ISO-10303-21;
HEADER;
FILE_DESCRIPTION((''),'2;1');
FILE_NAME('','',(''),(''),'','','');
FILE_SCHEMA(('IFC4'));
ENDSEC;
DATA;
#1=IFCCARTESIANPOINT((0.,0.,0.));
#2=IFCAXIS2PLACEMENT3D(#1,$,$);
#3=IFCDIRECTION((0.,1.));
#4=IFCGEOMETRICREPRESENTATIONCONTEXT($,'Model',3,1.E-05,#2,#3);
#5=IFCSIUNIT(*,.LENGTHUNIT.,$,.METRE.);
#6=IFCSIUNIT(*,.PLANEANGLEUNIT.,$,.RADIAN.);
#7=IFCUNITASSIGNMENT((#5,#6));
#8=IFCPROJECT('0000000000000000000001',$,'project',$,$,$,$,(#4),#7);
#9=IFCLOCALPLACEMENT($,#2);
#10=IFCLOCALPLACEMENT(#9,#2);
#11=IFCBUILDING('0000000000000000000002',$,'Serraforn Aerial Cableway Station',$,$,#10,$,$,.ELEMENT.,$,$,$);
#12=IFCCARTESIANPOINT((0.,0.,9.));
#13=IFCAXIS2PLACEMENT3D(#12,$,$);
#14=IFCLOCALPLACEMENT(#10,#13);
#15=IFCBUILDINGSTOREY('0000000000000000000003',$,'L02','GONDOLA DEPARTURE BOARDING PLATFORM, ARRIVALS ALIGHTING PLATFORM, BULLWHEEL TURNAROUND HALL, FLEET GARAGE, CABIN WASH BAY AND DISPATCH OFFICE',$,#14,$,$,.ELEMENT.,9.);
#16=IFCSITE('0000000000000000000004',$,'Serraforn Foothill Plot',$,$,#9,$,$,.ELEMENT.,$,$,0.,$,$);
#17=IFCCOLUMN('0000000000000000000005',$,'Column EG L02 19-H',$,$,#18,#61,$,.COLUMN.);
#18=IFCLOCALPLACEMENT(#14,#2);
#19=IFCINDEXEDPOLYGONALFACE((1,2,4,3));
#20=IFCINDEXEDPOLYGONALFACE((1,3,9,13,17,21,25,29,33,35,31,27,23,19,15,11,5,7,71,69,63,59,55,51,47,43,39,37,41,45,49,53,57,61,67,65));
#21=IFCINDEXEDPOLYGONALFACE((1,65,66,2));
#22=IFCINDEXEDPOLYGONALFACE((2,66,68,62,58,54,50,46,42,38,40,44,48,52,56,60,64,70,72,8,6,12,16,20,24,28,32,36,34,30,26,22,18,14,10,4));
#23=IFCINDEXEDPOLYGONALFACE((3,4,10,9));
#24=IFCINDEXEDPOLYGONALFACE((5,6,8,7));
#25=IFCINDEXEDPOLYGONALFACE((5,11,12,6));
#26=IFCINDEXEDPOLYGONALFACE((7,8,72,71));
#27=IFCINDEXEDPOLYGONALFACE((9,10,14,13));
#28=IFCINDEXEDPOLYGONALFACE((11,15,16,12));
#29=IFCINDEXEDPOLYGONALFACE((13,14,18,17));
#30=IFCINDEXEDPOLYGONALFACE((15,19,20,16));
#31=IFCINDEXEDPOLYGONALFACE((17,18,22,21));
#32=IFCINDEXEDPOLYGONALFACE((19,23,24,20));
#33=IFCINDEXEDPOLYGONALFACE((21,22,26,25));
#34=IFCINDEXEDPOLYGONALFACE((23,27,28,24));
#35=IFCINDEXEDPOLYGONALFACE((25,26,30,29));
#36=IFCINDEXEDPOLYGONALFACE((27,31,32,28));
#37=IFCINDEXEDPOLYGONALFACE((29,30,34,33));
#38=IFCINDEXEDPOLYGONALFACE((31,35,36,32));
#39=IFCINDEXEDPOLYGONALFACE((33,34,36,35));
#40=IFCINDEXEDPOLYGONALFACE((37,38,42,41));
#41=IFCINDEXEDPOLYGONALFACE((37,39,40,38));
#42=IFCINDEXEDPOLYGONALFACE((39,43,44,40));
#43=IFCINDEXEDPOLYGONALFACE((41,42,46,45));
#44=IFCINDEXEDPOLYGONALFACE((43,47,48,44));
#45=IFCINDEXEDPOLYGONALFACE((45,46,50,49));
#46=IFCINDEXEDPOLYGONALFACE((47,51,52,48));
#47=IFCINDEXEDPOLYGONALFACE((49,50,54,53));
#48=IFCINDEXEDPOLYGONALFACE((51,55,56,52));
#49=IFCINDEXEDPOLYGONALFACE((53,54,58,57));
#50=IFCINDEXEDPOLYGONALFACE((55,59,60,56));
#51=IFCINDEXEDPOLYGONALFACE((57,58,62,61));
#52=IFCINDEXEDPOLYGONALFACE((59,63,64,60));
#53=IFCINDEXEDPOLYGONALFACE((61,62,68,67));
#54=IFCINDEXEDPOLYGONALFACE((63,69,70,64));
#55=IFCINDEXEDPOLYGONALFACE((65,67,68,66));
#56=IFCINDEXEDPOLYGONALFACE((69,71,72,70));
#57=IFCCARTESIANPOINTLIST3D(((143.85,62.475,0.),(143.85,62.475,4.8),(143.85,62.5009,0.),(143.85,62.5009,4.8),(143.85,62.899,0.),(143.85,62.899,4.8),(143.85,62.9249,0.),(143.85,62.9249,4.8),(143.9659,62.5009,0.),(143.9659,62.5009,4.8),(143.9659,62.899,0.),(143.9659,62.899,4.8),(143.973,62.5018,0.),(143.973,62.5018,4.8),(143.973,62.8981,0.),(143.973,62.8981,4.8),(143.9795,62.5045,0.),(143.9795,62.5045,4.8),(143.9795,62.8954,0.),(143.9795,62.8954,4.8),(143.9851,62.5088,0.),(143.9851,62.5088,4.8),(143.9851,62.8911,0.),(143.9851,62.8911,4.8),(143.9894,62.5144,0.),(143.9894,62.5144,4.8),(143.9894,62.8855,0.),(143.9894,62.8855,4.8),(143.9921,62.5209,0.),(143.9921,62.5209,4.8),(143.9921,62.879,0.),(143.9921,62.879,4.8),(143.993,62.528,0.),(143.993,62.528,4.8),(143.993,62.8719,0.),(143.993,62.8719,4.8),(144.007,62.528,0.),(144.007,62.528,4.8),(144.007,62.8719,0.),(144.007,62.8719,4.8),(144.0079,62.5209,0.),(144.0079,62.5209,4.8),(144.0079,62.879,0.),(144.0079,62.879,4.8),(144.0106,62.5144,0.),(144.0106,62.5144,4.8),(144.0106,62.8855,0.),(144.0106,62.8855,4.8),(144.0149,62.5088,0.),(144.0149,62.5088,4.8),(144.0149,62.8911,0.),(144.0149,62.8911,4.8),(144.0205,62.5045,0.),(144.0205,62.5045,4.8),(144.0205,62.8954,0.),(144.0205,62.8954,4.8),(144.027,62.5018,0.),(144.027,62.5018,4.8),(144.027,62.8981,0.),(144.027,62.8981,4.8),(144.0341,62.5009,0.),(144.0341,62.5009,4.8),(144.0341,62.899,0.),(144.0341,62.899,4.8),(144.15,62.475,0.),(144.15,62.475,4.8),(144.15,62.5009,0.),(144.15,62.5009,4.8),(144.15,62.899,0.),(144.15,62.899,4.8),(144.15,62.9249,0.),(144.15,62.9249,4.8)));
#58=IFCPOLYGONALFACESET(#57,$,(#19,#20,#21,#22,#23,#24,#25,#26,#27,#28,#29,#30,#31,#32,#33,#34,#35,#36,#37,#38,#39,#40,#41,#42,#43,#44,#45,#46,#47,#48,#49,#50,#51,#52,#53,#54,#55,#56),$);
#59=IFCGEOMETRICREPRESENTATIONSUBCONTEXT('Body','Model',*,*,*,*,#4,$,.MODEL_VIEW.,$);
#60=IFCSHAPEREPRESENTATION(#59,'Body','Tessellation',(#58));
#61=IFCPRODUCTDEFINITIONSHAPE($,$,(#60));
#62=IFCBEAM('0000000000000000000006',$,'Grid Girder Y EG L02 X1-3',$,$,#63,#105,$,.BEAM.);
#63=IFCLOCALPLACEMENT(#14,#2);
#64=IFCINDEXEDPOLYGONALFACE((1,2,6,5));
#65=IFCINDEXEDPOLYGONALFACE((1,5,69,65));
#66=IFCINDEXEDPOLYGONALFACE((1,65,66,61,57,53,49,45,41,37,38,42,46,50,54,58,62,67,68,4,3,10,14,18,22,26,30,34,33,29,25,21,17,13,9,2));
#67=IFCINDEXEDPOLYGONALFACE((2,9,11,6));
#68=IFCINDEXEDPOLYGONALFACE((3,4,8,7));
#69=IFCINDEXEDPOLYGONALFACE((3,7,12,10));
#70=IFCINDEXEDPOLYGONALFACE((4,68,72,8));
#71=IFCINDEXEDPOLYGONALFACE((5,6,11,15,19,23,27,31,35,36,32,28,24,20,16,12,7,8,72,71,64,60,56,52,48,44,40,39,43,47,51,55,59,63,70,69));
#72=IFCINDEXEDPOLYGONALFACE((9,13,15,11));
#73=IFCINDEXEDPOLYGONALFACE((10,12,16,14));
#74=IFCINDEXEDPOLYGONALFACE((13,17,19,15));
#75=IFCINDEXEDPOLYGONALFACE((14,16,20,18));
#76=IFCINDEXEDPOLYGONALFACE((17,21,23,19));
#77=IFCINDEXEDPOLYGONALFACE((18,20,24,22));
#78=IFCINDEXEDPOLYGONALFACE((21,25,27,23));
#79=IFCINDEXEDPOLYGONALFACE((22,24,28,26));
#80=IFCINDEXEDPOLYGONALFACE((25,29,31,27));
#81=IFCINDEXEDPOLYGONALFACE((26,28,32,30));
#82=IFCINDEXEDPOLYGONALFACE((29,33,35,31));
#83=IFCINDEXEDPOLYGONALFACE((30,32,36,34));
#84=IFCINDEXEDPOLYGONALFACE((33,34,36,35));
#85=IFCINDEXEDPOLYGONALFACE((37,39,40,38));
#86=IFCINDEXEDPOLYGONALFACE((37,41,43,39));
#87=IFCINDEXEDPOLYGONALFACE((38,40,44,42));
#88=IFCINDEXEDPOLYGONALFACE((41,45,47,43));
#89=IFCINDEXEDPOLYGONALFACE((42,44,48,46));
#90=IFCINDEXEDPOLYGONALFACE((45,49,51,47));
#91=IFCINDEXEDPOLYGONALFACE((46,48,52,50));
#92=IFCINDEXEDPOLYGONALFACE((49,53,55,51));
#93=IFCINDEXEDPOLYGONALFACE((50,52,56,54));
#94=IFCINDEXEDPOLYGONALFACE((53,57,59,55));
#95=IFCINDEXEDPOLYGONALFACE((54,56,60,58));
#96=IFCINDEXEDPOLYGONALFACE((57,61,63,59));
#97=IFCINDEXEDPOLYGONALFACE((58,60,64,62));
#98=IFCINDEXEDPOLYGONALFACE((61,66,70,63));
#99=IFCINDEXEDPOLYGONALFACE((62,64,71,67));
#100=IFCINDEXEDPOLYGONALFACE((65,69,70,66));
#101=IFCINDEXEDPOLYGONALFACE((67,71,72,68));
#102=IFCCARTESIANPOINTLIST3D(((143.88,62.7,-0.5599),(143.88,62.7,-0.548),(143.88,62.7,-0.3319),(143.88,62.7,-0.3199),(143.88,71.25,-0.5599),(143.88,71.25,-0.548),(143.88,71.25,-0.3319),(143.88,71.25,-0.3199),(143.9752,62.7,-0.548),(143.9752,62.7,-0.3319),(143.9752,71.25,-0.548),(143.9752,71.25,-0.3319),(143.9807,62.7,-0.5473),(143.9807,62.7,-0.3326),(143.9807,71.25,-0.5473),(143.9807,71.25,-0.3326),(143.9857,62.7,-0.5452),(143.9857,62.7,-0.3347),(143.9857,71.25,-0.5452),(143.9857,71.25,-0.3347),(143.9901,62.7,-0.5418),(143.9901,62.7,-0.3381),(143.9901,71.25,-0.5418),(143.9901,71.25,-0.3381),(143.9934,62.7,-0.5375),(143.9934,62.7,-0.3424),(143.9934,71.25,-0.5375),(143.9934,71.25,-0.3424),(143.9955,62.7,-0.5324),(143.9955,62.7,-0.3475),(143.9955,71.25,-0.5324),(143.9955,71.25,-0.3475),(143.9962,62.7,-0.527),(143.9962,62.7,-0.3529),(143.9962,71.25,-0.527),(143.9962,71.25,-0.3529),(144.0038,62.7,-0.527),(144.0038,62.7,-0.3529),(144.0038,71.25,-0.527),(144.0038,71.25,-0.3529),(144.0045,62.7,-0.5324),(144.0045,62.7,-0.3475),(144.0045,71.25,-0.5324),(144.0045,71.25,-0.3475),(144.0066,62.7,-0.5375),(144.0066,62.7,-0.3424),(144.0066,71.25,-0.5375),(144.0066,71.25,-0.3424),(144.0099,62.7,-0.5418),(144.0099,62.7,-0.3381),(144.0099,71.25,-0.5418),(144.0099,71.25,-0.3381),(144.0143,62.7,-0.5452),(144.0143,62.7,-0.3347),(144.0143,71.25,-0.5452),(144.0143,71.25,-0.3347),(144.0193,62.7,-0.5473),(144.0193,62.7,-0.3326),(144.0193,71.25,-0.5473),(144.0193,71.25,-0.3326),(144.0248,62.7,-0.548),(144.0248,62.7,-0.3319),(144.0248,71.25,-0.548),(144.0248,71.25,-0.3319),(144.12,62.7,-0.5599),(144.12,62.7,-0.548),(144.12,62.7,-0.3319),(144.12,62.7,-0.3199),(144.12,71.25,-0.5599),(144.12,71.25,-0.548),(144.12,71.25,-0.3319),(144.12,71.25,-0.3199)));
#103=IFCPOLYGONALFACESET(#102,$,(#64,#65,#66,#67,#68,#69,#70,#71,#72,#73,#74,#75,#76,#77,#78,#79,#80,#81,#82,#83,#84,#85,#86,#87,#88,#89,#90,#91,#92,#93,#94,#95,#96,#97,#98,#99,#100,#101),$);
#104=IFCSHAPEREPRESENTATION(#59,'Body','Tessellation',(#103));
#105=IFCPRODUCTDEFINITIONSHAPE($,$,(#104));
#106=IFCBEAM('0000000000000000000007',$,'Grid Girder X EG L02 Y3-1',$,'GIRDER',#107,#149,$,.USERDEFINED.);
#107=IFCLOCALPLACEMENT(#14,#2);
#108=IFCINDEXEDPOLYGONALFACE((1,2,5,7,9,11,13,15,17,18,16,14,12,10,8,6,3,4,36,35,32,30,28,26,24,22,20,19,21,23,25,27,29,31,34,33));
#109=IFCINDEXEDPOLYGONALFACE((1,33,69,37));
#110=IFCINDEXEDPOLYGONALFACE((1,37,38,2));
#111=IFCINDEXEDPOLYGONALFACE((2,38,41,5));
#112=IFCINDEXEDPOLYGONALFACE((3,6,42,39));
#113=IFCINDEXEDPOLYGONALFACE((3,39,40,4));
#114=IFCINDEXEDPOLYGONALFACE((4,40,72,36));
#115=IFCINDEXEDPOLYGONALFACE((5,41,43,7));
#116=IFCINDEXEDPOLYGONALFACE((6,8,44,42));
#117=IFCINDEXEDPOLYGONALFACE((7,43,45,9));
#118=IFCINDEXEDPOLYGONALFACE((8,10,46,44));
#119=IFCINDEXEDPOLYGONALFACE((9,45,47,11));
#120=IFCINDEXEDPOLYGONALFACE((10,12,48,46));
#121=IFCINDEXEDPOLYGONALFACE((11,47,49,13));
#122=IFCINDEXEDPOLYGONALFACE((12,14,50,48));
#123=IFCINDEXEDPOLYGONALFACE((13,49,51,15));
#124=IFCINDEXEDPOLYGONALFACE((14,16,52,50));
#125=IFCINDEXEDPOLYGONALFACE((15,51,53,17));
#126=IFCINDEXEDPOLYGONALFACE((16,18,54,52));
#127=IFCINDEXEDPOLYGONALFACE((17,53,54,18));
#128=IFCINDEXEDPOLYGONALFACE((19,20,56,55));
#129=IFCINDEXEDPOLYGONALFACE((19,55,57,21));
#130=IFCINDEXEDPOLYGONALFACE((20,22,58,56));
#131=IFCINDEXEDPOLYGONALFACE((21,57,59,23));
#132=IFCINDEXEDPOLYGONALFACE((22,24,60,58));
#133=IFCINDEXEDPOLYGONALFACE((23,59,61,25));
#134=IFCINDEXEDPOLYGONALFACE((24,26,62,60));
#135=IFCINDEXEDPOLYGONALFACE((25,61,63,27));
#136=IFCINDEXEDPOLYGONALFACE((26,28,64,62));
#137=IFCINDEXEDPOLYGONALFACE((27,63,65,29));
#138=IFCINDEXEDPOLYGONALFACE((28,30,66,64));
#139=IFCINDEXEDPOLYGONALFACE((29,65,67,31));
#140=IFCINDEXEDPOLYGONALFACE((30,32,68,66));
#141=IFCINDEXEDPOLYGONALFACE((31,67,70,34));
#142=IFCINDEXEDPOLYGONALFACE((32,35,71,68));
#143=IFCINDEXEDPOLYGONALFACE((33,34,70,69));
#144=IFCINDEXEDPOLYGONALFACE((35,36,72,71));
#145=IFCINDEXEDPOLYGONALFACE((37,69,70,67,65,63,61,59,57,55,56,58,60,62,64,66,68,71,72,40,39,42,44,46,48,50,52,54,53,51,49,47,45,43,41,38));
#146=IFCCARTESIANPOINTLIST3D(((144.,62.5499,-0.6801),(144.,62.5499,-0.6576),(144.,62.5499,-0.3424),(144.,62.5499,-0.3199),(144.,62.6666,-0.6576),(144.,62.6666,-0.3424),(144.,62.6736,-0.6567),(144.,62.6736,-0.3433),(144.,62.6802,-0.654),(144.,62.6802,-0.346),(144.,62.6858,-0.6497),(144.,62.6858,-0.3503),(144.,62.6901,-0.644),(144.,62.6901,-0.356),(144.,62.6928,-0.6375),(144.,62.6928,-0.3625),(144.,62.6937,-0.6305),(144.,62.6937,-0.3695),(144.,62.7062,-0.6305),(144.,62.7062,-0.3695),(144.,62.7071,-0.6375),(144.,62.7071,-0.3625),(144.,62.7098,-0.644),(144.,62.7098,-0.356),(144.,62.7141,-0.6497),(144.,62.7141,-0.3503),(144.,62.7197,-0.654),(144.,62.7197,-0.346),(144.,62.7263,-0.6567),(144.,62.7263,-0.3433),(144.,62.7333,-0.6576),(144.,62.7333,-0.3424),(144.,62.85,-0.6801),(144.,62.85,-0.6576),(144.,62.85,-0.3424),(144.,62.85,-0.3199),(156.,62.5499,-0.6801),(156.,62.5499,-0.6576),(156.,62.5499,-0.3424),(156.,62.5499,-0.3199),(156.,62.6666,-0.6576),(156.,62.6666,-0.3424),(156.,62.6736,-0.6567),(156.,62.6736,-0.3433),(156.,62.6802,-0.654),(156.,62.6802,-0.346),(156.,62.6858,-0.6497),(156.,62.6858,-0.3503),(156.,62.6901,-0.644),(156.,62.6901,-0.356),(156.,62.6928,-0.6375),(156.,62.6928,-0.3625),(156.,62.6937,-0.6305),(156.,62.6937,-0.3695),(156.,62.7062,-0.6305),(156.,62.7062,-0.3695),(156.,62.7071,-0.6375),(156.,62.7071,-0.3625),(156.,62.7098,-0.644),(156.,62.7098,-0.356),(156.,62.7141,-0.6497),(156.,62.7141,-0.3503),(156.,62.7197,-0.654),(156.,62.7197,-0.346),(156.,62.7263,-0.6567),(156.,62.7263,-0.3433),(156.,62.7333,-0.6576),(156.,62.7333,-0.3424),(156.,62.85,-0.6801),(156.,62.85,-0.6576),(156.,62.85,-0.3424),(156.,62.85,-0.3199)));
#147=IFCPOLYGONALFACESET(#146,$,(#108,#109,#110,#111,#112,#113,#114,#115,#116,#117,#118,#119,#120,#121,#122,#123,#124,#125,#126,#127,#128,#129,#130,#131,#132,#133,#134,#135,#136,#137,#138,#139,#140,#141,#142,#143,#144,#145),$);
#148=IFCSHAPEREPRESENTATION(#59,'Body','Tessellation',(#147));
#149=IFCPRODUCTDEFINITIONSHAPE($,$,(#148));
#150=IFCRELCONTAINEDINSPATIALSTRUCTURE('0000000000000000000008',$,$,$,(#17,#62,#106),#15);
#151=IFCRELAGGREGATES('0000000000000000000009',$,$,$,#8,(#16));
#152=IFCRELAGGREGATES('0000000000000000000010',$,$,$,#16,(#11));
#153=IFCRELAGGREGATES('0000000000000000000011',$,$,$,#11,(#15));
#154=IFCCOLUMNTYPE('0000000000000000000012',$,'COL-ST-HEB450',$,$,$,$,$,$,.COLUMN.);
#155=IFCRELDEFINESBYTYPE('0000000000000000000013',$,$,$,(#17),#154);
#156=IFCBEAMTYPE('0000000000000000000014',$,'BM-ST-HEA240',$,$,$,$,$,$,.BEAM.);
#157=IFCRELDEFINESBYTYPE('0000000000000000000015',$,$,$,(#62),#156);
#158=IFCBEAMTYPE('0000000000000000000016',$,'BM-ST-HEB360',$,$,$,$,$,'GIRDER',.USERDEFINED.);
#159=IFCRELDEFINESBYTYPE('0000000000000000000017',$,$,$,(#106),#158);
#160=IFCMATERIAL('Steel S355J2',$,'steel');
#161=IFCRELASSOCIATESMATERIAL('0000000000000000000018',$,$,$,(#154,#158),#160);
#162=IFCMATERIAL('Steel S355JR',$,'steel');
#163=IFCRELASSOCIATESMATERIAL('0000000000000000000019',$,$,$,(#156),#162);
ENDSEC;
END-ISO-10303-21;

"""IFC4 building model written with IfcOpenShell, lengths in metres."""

from ifc_helpers import new_model, si_unit, direction, frame, origin, origin_2d, place, context, subcontext, project, spatial, i_section, extrude, material, material_profile, profile_set, type_object, element, save


model = new_model("IFC4")

# Units and contexts
model_context = context("Model", 3, precision=1e-05, world=origin(), true_north=direction((0.0, 1.0)))
body_context = subcontext(model_context, "Body", "Model", "MODEL_VIEW")
ifc_project = project(units=[si_unit("LENGTHUNIT", "METRE"), si_unit("PLANEANGLEUNIT", "RADIAN")], contexts=[model_context])

# Site, building, storey
site_placement = place(None, origin())
site = spatial("IfcSite", under=ifc_project, at=site_placement, Name="Serraforn Foothill Plot", CompositionType="ELEMENT", RefElevation=0.0)
building_placement = place(site_placement, origin())
building = spatial("IfcBuilding", under=site, at=building_placement, Name="Serraforn Aerial Cableway Station", CompositionType="ELEMENT")
storey_placement = place(building_placement, frame((0.0, 0.0, 9.0)))
storey = spatial("IfcBuildingStorey", under=building, at=storey_placement, Name="L02", Description="GONDOLA DEPARTURE BOARDING PLATFORM, ARRIVALS ALIGHTING PLATFORM, BULLWHEEL TURNAROUND HALL, FLEET GARAGE, CABIN WASH BAY AND DISPATCH OFFICE", CompositionType="ELEMENT", Elevation=9.0)

# Column
ifc_material_1 = material(Name="Steel S355J2", Category="steel")
ifc_material_profile_1 = material_profile(ifc_material_1, i_section(OverallWidth=0.3, OverallDepth=0.45, WebThickness=0.0139, FlangeThickness=0.0259, FilletRadius=0.0271, at=origin_2d()), Name="HEB 450")
ifc_profile_set_1 = profile_set([ifc_material_profile_1], Name="Steel S355J2")
column_type = type_object("IfcColumnType", Name="COL-ST-HEB450", PredefinedType="COLUMN", material=ifc_profile_set_1)
column_placement = place(storey_placement, frame((144.0, 62.7, 0.0), z_axis=(0.0, 0.0, 1.0), x_axis=(1.0, 0.0, 0.0)))
element("IfcColumn", 1, at=column_placement, inside=storey, type_object=column_type, Name="Column EG L02 19-H", PredefinedType="COLUMN", context=body_context, shape_type="SweptSolid", body=[
    extrude(i_section(OverallWidth=0.3, OverallDepth=0.45, WebThickness=0.0139, FlangeThickness=0.0259, FilletRadius=0.0271, at=origin_2d()), origin(), (0.0, 0.0, 1.0), 4.8),
])

# Beams
ifc_material_2 = material(Name="Steel S355JR", Category="steel")
ifc_material_profile_2 = material_profile(ifc_material_2, i_section(OverallWidth=0.24, OverallDepth=0.24, WebThickness=0.0076, FlangeThickness=0.012, FilletRadius=0.021, at=origin_2d()), Name="HEA 240")
ifc_profile_set_2 = profile_set([ifc_material_profile_2], Name="Steel S355JR")
beam_type_1 = type_object("IfcBeamType", Name="BM-ST-HEA240", PredefinedType="BEAM", material=ifc_profile_set_2)
beam_1_placement = place(storey_placement, frame((144.0, 62.7, -0.4399), z_axis=(0.0, 1.0, 0.0), x_axis=(-1.0, 0.0, 0.0)))
element("IfcBeam", 2, at=beam_1_placement, inside=storey, type_object=beam_type_1, Name="Grid Girder Y EG L02 X1-3", PredefinedType="BEAM", context=body_context, shape_type="SweptSolid", body=[
    extrude(i_section(OverallWidth=0.24, OverallDepth=0.24, WebThickness=0.0076, FlangeThickness=0.012, FilletRadius=0.021, at=origin_2d()), origin(), (0.0, 0.0, 1.0), 8.55),
])
ifc_material_profile_3 = material_profile(ifc_material_1, i_section(OverallWidth=0.3, OverallDepth=0.3601, WebThickness=0.0125, FlangeThickness=0.0225, FilletRadius=0.0271, at=origin_2d()), Name="HEB 360")
ifc_profile_set_3 = profile_set([ifc_material_profile_3], Name="Steel S355J2")
beam_type_2 = type_object("IfcBeamType", Name="BM-ST-HEB360", ElementType="GIRDER", PredefinedType="USERDEFINED", material=ifc_profile_set_3)
beam_2_placement = place(storey_placement, frame((144.0, 62.7, -0.5), z_axis=(1.0, 0.0, 0.0), x_axis=(0.0, 1.0, 0.0)))
element("IfcBeam", 3, at=beam_2_placement, inside=storey, type_object=beam_type_2, Name="Grid Girder X EG L02 Y3-1", ObjectType="GIRDER", PredefinedType="USERDEFINED", context=body_context, shape_type="SweptSolid", body=[
    extrude(i_section(OverallWidth=0.3, OverallDepth=0.3601, WebThickness=0.0125, FlangeThickness=0.0225, FilletRadius=0.0271, at=origin_2d()), origin(), (0.0, 0.0, 1.0), 12.0),
])

save(model, "model.ifc")
